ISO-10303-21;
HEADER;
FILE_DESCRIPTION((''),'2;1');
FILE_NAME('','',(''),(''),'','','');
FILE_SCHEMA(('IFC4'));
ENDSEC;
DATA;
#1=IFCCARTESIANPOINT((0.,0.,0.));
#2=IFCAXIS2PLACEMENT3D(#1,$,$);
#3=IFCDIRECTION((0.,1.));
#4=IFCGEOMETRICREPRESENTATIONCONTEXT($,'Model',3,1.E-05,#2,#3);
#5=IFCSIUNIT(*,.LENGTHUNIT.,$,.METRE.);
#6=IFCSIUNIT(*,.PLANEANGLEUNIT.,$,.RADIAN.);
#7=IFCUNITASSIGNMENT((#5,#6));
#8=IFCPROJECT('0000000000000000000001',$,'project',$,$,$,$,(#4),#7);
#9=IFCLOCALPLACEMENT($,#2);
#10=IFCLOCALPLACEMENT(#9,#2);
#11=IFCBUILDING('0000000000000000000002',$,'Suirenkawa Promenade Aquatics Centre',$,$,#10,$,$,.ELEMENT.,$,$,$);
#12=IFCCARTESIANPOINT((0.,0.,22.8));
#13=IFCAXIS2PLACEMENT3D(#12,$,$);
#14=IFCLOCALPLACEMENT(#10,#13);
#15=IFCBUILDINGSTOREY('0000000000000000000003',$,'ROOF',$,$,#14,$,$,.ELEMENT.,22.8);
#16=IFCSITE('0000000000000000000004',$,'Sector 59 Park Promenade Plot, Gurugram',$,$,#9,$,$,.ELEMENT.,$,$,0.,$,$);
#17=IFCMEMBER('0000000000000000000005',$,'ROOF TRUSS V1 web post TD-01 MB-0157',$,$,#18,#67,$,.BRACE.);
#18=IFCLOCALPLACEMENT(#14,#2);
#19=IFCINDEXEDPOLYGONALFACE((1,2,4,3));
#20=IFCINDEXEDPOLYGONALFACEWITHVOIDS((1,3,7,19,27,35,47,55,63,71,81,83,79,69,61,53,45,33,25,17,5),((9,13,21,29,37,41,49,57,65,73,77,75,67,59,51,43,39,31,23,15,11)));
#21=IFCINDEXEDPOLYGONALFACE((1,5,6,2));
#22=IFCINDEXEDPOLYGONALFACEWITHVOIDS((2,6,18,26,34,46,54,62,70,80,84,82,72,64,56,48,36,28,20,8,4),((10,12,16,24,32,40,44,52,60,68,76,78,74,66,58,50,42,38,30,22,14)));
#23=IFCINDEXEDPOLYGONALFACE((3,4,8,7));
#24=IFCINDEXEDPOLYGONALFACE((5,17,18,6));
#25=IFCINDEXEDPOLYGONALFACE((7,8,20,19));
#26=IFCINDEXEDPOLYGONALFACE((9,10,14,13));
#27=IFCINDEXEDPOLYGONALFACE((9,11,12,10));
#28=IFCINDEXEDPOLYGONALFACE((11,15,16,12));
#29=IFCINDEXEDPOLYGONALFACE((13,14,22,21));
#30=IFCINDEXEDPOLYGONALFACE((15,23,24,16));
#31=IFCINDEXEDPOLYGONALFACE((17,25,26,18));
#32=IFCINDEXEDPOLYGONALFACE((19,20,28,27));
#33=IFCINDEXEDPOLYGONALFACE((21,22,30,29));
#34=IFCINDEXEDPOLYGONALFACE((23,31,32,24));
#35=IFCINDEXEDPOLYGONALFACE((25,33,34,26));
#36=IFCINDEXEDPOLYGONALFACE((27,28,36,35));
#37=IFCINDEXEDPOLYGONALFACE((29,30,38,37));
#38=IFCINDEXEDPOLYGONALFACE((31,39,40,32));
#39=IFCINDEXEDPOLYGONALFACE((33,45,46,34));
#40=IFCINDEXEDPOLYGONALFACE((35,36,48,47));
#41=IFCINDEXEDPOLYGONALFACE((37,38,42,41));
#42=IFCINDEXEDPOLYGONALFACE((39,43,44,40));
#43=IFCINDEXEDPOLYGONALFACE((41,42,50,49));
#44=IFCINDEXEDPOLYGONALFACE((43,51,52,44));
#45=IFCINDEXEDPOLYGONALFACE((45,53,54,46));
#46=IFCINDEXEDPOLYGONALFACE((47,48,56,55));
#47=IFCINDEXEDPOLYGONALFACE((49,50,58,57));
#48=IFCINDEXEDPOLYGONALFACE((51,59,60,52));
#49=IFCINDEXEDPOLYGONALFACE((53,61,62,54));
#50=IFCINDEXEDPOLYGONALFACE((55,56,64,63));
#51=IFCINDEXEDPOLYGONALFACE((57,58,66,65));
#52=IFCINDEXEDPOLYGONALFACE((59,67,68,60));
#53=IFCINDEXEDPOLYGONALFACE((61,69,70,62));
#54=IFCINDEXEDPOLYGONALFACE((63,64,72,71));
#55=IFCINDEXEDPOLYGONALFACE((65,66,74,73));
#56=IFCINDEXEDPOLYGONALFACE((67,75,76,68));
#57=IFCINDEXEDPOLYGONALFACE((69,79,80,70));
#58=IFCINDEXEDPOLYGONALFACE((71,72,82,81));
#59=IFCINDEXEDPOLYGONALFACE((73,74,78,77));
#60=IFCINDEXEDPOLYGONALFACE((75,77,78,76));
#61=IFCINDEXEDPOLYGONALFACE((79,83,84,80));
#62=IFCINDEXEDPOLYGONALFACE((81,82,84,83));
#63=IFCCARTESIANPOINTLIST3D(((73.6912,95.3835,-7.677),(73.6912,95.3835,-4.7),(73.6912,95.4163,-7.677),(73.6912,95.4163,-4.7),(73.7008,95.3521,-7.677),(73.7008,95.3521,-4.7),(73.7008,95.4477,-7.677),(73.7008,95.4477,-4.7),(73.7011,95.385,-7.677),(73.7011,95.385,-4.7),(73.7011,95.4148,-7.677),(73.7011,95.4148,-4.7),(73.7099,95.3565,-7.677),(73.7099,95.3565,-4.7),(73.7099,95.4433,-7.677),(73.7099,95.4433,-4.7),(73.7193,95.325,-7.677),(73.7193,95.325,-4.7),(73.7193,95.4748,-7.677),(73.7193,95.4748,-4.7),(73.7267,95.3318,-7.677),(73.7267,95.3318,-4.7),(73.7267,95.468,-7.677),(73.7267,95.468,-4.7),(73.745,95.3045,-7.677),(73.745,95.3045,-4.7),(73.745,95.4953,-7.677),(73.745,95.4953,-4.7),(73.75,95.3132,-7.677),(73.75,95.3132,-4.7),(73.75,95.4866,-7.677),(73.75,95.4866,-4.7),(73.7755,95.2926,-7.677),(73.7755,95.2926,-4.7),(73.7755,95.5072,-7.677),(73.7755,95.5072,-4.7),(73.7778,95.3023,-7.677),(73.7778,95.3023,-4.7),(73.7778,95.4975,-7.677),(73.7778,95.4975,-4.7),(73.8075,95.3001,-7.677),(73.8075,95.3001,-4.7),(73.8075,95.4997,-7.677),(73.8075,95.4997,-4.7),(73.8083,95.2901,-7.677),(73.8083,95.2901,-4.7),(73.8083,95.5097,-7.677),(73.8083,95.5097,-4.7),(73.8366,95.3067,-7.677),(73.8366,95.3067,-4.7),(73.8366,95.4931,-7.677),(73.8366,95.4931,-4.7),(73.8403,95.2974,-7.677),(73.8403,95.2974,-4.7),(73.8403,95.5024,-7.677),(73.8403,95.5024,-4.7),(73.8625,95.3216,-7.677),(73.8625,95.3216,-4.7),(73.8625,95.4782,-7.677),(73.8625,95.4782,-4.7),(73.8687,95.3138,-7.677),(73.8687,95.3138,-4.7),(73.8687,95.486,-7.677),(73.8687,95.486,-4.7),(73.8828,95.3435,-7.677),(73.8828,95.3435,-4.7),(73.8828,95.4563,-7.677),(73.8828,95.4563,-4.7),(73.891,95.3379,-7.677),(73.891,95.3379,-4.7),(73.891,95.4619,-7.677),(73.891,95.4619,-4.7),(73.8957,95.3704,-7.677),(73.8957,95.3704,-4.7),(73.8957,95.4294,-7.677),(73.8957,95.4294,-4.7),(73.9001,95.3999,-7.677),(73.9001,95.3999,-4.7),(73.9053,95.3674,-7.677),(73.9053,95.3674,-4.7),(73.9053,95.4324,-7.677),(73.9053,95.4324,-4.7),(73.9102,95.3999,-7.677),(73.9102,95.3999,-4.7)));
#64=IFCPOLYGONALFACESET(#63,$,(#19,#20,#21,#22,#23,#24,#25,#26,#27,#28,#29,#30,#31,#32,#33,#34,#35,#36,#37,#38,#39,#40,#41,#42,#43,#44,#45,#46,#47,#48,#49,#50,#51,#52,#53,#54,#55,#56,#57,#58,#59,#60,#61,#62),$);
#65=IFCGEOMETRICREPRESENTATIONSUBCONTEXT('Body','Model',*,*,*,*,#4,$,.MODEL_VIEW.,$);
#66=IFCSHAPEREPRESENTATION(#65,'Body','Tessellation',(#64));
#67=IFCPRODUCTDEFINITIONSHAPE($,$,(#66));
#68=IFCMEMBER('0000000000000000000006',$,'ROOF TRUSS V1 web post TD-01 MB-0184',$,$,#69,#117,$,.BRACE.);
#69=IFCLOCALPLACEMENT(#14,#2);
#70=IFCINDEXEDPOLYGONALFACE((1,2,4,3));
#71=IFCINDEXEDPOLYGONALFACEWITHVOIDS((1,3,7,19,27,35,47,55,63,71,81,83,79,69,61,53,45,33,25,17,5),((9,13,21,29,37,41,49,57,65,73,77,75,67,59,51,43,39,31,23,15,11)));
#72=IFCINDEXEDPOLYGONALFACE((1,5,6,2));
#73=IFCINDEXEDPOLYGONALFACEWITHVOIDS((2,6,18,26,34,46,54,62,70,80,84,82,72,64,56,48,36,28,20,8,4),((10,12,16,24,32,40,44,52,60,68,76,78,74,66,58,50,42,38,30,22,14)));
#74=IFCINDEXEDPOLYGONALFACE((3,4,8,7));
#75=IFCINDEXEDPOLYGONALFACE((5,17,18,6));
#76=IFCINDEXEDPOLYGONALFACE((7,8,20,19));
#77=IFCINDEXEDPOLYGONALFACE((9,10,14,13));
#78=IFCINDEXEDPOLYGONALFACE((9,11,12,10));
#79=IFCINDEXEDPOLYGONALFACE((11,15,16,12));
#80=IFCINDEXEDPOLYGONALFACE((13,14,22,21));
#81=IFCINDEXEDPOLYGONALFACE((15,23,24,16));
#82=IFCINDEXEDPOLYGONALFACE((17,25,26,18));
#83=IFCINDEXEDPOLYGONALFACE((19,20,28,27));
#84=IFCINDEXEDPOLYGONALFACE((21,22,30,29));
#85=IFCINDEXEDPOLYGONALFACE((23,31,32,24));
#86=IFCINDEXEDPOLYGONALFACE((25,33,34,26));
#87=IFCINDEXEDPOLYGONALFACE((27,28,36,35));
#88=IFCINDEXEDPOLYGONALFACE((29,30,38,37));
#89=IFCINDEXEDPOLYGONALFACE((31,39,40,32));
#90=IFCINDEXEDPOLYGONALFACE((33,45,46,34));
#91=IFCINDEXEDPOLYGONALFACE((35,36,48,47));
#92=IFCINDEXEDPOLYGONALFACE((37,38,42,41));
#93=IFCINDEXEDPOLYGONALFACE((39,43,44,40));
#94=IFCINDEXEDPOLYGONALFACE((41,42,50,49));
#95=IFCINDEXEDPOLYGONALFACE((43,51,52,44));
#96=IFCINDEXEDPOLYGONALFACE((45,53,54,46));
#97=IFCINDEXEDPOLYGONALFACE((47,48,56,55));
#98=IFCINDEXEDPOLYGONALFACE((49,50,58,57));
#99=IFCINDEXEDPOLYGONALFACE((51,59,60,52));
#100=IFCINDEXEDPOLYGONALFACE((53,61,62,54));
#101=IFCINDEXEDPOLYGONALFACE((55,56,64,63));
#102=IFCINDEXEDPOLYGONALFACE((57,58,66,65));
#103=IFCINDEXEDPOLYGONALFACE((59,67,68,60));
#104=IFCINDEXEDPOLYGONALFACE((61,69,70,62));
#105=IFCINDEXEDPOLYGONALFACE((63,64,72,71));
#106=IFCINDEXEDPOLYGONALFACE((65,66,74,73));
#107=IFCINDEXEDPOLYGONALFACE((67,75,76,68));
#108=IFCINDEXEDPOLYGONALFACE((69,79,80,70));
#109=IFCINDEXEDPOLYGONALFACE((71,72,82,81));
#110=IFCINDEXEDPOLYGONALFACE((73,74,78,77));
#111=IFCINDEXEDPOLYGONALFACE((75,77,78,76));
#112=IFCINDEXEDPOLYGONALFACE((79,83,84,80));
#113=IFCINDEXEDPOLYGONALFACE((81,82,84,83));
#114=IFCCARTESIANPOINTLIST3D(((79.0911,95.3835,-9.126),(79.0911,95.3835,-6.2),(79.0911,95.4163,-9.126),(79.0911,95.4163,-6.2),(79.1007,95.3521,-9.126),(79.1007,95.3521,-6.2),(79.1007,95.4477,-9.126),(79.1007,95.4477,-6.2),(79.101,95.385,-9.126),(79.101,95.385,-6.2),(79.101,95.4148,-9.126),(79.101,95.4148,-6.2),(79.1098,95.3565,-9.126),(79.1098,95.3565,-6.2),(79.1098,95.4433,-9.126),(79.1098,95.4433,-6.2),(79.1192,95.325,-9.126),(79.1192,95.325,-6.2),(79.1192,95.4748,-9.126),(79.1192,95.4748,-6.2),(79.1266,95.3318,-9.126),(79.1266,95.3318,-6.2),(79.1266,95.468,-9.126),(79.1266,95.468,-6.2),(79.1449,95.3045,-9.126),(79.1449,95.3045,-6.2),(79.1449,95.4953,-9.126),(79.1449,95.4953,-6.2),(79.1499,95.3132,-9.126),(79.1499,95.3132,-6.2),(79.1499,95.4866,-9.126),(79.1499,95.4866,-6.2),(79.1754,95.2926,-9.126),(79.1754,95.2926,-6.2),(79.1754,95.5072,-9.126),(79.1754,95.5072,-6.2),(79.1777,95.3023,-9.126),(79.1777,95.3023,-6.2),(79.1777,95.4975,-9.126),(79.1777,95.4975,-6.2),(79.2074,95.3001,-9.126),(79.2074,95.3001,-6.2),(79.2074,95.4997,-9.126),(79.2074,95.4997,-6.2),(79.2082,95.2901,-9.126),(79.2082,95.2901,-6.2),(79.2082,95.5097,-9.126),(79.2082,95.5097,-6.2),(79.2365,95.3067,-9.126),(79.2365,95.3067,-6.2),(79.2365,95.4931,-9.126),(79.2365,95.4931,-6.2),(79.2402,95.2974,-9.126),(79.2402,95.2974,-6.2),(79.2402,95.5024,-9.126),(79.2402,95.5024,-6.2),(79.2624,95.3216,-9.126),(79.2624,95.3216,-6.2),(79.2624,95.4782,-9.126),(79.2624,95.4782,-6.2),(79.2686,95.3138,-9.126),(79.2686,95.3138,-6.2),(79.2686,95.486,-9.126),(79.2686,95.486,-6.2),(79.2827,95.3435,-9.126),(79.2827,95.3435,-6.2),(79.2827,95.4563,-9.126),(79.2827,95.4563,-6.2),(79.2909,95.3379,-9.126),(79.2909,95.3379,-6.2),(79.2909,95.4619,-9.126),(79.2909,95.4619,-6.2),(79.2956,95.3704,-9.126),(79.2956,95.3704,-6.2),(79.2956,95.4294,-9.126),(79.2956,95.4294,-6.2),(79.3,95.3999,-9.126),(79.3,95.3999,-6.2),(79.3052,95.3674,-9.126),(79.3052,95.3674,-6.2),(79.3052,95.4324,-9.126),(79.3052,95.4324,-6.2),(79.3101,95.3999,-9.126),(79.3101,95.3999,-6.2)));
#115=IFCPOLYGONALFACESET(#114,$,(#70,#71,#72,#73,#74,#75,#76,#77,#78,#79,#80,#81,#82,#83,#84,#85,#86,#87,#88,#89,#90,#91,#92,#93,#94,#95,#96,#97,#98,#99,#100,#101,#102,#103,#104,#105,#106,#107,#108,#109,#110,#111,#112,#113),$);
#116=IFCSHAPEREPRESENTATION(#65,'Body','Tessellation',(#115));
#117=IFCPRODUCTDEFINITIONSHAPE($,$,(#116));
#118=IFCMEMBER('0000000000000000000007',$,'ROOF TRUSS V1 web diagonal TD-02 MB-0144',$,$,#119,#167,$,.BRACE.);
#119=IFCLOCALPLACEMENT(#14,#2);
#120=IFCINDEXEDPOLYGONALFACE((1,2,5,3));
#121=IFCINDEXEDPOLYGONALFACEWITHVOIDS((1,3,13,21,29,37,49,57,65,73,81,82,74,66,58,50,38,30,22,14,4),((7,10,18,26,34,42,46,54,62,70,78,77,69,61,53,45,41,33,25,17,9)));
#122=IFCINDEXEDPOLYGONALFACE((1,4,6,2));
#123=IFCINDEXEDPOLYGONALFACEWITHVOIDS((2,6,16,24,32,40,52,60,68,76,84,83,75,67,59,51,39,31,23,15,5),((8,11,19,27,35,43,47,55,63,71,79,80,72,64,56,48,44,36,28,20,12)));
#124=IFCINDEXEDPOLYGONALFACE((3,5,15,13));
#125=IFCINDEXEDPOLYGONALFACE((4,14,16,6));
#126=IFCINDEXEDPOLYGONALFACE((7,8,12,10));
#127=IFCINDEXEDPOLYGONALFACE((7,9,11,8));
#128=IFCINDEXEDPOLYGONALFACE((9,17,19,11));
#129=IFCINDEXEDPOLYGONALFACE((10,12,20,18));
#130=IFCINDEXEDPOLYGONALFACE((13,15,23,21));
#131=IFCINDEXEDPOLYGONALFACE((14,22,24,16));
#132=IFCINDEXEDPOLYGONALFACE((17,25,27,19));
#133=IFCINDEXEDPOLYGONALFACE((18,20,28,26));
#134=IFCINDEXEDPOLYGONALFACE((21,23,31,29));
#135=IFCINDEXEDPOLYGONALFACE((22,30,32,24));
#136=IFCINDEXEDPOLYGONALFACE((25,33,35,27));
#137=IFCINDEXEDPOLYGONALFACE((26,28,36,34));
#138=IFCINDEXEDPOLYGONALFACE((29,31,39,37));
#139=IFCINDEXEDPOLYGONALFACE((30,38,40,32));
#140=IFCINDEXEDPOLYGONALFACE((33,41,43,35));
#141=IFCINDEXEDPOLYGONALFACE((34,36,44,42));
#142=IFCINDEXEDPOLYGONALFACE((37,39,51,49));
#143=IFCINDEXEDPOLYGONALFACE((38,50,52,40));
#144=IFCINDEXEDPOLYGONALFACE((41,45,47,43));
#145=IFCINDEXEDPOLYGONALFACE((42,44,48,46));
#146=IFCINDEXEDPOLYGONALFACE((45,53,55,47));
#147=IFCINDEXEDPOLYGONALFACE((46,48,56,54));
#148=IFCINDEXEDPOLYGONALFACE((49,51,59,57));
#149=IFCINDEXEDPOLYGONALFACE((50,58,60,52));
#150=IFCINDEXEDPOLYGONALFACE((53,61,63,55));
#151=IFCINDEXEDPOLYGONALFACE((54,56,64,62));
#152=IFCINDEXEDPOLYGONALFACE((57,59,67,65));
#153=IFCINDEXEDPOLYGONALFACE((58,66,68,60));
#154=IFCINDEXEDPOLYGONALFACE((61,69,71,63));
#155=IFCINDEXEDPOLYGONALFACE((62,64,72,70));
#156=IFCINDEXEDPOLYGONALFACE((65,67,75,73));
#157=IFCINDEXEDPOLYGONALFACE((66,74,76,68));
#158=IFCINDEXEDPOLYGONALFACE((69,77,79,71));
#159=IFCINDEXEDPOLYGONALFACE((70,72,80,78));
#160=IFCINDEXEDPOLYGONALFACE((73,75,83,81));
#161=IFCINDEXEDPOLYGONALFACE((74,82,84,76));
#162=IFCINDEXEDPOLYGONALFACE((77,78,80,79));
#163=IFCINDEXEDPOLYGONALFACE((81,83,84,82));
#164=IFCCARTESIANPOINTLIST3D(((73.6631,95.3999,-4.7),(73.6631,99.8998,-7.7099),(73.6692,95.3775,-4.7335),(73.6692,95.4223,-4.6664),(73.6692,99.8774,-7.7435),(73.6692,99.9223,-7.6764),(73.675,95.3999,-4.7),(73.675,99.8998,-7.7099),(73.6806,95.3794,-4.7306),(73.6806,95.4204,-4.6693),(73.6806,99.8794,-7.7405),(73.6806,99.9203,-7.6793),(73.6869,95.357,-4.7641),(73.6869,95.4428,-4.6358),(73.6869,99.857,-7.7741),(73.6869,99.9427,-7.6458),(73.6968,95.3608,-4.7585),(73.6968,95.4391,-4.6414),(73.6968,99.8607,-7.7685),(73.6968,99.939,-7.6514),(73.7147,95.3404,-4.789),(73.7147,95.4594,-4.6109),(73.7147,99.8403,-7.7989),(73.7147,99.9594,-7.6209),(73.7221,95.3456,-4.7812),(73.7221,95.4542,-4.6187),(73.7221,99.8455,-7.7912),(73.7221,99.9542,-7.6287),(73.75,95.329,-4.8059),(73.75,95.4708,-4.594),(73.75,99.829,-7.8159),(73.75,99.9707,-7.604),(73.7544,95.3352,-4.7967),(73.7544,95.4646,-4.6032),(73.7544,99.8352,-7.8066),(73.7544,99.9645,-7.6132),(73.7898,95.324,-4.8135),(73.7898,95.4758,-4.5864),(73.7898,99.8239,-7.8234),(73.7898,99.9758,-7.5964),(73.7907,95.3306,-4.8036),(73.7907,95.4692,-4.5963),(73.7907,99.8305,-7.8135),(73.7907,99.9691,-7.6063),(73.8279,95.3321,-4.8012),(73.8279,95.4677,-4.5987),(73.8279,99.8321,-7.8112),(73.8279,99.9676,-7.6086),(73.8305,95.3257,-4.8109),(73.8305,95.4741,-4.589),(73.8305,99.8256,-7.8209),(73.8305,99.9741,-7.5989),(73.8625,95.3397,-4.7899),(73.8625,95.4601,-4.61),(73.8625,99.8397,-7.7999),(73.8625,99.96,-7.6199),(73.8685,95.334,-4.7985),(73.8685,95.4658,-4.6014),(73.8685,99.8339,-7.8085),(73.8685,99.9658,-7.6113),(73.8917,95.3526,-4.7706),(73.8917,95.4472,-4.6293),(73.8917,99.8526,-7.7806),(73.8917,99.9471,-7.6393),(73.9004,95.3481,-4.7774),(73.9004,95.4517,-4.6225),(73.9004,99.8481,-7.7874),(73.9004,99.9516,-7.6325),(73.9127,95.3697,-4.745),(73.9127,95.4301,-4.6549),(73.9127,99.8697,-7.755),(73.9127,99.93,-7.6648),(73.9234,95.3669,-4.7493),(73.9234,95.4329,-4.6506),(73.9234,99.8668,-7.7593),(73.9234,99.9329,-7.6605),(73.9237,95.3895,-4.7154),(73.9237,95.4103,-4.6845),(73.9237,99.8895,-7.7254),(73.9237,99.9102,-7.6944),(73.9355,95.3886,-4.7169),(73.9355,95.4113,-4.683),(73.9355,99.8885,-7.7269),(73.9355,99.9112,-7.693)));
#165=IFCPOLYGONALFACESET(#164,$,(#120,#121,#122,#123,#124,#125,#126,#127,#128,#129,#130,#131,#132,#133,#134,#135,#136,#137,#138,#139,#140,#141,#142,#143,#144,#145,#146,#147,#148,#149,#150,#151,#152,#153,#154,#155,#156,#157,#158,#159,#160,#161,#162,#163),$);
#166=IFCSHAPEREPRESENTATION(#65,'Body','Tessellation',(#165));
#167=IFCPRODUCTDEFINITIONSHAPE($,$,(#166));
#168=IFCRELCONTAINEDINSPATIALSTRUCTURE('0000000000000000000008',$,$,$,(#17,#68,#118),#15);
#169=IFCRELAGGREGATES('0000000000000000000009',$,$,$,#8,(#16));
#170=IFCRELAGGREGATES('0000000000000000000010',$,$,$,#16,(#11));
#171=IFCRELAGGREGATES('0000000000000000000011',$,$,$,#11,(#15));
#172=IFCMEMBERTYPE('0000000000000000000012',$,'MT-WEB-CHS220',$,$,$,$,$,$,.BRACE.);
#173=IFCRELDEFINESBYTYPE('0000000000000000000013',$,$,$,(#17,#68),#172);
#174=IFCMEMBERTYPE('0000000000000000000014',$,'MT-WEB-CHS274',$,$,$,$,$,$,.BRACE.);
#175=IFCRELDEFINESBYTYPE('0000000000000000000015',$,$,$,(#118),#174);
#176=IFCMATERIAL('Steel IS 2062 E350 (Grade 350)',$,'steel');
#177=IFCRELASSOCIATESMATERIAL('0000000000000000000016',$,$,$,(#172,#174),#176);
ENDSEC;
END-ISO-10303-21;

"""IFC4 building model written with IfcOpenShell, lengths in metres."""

from ifc_helpers import new_model, si_unit, direction, frame, origin, origin_2d, place, context, subcontext, project, spatial, hollow_circle, extrude, material, material_profile, profile_set, type_object, element, save


model = new_model("IFC4")

# Units and contexts
model_context = context("Model", 3, precision=1e-05, world=origin(), true_north=direction((0.0, 1.0)))
body_context = subcontext(model_context, "Body", "Model", "MODEL_VIEW")
ifc_project = project(units=[si_unit("LENGTHUNIT", "METRE"), si_unit("PLANEANGLEUNIT", "RADIAN")], contexts=[model_context])

# Site, building, storey
site_placement = place(None, origin())
site = spatial("IfcSite", under=ifc_project, at=site_placement, Name="Sector 59 Park Promenade Plot, Gurugram", CompositionType="ELEMENT", RefElevation=0.0)
building_placement = place(site_placement, origin())
building = spatial("IfcBuilding", under=site, at=building_placement, Name="Suirenkawa Promenade Aquatics Centre", CompositionType="ELEMENT")
storey_placement = place(building_placement, frame((0.0, 0.0, 22.8)))
storey = spatial("IfcBuildingStorey", under=building, at=storey_placement, Name="ROOF", CompositionType="ELEMENT", Elevation=22.8)

# Shared definitions
ifc_material_1 = material(Name="Steel IS 2062 E350 (Grade 350)", Category="steel")

# Members
ifc_material_profile_1 = material_profile(ifc_material_1, hollow_circle(Radius=0.1101, WallThickness=0.01, at=origin_2d()), Name="CHS 220x10", Category="steel")
ifc_profile_set_1 = profile_set([ifc_material_profile_1], Name="Steel IS 2062 E350 (Grade 350)")
member_type_1 = type_object("IfcMemberType", Name="MT-WEB-CHS220", PredefinedType="BRACE", material=ifc_profile_set_1)
member_1_placement = place(storey_placement, frame((73.8, 95.3999, -7.677), z_axis=(0.0, 0.0, 1.0), x_axis=(1.0, 0.0, 0.0)))
element("IfcMember", 1, at=member_1_placement, inside=storey, type_object=member_type_1, Name="ROOF TRUSS V1 web post TD-01 MB-0157", PredefinedType="BRACE", context=body_context, shape_type="SweptSolid", body=[
    extrude(hollow_circle(Radius=0.1101, WallThickness=0.01, at=origin_2d()), origin(), (0.0, 0.0, 1.0), 2.9771),
])
member_2_placement = place(storey_placement, frame((79.2, 95.3999, -9.126), z_axis=(0.0, 0.0, 1.0), x_axis=(1.0, 0.0, 0.0)))
element("IfcMember", 2, at=member_2_placement, inside=storey, type_object=member_type_1, Name="ROOF TRUSS V1 web post TD-01 MB-0184", PredefinedType="BRACE", context=body_context, shape_type="SweptSolid", body=[
    extrude(hollow_circle(Radius=0.1101, WallThickness=0.01, at=origin_2d()), origin(), (0.0, 0.0, 1.0), 2.926),
])
ifc_material_profile_2 = material_profile(ifc_material_1, hollow_circle(Radius=0.137, WallThickness=0.012, at=origin_2d()), Name="CHS 274x12", Category="steel")
ifc_profile_set_2 = profile_set([ifc_material_profile_2], Name="Steel IS 2062 E350 (Grade 350)")
member_type_2 = type_object("IfcMemberType", Name="MT-WEB-CHS274", PredefinedType="BRACE", material=ifc_profile_set_2)
member_3_placement = place(storey_placement, frame((73.8, 95.3999, -4.7), z_axis=(0.0, 0.831196, -0.55598), x_axis=(-1.0, 0.0, 0.0)))
element("IfcMember", 3, at=member_3_placement, inside=storey, type_object=member_type_2, Name="ROOF TRUSS V1 web diagonal TD-02 MB-0144", PredefinedType="BRACE", context=body_context, shape_type="SweptSolid", body=[
    extrude(hollow_circle(Radius=0.137, WallThickness=0.012, at=origin_2d()), origin(), (0.0, 0.0, 1.0), 5.4138),
])

save(model, "model.ifc")
